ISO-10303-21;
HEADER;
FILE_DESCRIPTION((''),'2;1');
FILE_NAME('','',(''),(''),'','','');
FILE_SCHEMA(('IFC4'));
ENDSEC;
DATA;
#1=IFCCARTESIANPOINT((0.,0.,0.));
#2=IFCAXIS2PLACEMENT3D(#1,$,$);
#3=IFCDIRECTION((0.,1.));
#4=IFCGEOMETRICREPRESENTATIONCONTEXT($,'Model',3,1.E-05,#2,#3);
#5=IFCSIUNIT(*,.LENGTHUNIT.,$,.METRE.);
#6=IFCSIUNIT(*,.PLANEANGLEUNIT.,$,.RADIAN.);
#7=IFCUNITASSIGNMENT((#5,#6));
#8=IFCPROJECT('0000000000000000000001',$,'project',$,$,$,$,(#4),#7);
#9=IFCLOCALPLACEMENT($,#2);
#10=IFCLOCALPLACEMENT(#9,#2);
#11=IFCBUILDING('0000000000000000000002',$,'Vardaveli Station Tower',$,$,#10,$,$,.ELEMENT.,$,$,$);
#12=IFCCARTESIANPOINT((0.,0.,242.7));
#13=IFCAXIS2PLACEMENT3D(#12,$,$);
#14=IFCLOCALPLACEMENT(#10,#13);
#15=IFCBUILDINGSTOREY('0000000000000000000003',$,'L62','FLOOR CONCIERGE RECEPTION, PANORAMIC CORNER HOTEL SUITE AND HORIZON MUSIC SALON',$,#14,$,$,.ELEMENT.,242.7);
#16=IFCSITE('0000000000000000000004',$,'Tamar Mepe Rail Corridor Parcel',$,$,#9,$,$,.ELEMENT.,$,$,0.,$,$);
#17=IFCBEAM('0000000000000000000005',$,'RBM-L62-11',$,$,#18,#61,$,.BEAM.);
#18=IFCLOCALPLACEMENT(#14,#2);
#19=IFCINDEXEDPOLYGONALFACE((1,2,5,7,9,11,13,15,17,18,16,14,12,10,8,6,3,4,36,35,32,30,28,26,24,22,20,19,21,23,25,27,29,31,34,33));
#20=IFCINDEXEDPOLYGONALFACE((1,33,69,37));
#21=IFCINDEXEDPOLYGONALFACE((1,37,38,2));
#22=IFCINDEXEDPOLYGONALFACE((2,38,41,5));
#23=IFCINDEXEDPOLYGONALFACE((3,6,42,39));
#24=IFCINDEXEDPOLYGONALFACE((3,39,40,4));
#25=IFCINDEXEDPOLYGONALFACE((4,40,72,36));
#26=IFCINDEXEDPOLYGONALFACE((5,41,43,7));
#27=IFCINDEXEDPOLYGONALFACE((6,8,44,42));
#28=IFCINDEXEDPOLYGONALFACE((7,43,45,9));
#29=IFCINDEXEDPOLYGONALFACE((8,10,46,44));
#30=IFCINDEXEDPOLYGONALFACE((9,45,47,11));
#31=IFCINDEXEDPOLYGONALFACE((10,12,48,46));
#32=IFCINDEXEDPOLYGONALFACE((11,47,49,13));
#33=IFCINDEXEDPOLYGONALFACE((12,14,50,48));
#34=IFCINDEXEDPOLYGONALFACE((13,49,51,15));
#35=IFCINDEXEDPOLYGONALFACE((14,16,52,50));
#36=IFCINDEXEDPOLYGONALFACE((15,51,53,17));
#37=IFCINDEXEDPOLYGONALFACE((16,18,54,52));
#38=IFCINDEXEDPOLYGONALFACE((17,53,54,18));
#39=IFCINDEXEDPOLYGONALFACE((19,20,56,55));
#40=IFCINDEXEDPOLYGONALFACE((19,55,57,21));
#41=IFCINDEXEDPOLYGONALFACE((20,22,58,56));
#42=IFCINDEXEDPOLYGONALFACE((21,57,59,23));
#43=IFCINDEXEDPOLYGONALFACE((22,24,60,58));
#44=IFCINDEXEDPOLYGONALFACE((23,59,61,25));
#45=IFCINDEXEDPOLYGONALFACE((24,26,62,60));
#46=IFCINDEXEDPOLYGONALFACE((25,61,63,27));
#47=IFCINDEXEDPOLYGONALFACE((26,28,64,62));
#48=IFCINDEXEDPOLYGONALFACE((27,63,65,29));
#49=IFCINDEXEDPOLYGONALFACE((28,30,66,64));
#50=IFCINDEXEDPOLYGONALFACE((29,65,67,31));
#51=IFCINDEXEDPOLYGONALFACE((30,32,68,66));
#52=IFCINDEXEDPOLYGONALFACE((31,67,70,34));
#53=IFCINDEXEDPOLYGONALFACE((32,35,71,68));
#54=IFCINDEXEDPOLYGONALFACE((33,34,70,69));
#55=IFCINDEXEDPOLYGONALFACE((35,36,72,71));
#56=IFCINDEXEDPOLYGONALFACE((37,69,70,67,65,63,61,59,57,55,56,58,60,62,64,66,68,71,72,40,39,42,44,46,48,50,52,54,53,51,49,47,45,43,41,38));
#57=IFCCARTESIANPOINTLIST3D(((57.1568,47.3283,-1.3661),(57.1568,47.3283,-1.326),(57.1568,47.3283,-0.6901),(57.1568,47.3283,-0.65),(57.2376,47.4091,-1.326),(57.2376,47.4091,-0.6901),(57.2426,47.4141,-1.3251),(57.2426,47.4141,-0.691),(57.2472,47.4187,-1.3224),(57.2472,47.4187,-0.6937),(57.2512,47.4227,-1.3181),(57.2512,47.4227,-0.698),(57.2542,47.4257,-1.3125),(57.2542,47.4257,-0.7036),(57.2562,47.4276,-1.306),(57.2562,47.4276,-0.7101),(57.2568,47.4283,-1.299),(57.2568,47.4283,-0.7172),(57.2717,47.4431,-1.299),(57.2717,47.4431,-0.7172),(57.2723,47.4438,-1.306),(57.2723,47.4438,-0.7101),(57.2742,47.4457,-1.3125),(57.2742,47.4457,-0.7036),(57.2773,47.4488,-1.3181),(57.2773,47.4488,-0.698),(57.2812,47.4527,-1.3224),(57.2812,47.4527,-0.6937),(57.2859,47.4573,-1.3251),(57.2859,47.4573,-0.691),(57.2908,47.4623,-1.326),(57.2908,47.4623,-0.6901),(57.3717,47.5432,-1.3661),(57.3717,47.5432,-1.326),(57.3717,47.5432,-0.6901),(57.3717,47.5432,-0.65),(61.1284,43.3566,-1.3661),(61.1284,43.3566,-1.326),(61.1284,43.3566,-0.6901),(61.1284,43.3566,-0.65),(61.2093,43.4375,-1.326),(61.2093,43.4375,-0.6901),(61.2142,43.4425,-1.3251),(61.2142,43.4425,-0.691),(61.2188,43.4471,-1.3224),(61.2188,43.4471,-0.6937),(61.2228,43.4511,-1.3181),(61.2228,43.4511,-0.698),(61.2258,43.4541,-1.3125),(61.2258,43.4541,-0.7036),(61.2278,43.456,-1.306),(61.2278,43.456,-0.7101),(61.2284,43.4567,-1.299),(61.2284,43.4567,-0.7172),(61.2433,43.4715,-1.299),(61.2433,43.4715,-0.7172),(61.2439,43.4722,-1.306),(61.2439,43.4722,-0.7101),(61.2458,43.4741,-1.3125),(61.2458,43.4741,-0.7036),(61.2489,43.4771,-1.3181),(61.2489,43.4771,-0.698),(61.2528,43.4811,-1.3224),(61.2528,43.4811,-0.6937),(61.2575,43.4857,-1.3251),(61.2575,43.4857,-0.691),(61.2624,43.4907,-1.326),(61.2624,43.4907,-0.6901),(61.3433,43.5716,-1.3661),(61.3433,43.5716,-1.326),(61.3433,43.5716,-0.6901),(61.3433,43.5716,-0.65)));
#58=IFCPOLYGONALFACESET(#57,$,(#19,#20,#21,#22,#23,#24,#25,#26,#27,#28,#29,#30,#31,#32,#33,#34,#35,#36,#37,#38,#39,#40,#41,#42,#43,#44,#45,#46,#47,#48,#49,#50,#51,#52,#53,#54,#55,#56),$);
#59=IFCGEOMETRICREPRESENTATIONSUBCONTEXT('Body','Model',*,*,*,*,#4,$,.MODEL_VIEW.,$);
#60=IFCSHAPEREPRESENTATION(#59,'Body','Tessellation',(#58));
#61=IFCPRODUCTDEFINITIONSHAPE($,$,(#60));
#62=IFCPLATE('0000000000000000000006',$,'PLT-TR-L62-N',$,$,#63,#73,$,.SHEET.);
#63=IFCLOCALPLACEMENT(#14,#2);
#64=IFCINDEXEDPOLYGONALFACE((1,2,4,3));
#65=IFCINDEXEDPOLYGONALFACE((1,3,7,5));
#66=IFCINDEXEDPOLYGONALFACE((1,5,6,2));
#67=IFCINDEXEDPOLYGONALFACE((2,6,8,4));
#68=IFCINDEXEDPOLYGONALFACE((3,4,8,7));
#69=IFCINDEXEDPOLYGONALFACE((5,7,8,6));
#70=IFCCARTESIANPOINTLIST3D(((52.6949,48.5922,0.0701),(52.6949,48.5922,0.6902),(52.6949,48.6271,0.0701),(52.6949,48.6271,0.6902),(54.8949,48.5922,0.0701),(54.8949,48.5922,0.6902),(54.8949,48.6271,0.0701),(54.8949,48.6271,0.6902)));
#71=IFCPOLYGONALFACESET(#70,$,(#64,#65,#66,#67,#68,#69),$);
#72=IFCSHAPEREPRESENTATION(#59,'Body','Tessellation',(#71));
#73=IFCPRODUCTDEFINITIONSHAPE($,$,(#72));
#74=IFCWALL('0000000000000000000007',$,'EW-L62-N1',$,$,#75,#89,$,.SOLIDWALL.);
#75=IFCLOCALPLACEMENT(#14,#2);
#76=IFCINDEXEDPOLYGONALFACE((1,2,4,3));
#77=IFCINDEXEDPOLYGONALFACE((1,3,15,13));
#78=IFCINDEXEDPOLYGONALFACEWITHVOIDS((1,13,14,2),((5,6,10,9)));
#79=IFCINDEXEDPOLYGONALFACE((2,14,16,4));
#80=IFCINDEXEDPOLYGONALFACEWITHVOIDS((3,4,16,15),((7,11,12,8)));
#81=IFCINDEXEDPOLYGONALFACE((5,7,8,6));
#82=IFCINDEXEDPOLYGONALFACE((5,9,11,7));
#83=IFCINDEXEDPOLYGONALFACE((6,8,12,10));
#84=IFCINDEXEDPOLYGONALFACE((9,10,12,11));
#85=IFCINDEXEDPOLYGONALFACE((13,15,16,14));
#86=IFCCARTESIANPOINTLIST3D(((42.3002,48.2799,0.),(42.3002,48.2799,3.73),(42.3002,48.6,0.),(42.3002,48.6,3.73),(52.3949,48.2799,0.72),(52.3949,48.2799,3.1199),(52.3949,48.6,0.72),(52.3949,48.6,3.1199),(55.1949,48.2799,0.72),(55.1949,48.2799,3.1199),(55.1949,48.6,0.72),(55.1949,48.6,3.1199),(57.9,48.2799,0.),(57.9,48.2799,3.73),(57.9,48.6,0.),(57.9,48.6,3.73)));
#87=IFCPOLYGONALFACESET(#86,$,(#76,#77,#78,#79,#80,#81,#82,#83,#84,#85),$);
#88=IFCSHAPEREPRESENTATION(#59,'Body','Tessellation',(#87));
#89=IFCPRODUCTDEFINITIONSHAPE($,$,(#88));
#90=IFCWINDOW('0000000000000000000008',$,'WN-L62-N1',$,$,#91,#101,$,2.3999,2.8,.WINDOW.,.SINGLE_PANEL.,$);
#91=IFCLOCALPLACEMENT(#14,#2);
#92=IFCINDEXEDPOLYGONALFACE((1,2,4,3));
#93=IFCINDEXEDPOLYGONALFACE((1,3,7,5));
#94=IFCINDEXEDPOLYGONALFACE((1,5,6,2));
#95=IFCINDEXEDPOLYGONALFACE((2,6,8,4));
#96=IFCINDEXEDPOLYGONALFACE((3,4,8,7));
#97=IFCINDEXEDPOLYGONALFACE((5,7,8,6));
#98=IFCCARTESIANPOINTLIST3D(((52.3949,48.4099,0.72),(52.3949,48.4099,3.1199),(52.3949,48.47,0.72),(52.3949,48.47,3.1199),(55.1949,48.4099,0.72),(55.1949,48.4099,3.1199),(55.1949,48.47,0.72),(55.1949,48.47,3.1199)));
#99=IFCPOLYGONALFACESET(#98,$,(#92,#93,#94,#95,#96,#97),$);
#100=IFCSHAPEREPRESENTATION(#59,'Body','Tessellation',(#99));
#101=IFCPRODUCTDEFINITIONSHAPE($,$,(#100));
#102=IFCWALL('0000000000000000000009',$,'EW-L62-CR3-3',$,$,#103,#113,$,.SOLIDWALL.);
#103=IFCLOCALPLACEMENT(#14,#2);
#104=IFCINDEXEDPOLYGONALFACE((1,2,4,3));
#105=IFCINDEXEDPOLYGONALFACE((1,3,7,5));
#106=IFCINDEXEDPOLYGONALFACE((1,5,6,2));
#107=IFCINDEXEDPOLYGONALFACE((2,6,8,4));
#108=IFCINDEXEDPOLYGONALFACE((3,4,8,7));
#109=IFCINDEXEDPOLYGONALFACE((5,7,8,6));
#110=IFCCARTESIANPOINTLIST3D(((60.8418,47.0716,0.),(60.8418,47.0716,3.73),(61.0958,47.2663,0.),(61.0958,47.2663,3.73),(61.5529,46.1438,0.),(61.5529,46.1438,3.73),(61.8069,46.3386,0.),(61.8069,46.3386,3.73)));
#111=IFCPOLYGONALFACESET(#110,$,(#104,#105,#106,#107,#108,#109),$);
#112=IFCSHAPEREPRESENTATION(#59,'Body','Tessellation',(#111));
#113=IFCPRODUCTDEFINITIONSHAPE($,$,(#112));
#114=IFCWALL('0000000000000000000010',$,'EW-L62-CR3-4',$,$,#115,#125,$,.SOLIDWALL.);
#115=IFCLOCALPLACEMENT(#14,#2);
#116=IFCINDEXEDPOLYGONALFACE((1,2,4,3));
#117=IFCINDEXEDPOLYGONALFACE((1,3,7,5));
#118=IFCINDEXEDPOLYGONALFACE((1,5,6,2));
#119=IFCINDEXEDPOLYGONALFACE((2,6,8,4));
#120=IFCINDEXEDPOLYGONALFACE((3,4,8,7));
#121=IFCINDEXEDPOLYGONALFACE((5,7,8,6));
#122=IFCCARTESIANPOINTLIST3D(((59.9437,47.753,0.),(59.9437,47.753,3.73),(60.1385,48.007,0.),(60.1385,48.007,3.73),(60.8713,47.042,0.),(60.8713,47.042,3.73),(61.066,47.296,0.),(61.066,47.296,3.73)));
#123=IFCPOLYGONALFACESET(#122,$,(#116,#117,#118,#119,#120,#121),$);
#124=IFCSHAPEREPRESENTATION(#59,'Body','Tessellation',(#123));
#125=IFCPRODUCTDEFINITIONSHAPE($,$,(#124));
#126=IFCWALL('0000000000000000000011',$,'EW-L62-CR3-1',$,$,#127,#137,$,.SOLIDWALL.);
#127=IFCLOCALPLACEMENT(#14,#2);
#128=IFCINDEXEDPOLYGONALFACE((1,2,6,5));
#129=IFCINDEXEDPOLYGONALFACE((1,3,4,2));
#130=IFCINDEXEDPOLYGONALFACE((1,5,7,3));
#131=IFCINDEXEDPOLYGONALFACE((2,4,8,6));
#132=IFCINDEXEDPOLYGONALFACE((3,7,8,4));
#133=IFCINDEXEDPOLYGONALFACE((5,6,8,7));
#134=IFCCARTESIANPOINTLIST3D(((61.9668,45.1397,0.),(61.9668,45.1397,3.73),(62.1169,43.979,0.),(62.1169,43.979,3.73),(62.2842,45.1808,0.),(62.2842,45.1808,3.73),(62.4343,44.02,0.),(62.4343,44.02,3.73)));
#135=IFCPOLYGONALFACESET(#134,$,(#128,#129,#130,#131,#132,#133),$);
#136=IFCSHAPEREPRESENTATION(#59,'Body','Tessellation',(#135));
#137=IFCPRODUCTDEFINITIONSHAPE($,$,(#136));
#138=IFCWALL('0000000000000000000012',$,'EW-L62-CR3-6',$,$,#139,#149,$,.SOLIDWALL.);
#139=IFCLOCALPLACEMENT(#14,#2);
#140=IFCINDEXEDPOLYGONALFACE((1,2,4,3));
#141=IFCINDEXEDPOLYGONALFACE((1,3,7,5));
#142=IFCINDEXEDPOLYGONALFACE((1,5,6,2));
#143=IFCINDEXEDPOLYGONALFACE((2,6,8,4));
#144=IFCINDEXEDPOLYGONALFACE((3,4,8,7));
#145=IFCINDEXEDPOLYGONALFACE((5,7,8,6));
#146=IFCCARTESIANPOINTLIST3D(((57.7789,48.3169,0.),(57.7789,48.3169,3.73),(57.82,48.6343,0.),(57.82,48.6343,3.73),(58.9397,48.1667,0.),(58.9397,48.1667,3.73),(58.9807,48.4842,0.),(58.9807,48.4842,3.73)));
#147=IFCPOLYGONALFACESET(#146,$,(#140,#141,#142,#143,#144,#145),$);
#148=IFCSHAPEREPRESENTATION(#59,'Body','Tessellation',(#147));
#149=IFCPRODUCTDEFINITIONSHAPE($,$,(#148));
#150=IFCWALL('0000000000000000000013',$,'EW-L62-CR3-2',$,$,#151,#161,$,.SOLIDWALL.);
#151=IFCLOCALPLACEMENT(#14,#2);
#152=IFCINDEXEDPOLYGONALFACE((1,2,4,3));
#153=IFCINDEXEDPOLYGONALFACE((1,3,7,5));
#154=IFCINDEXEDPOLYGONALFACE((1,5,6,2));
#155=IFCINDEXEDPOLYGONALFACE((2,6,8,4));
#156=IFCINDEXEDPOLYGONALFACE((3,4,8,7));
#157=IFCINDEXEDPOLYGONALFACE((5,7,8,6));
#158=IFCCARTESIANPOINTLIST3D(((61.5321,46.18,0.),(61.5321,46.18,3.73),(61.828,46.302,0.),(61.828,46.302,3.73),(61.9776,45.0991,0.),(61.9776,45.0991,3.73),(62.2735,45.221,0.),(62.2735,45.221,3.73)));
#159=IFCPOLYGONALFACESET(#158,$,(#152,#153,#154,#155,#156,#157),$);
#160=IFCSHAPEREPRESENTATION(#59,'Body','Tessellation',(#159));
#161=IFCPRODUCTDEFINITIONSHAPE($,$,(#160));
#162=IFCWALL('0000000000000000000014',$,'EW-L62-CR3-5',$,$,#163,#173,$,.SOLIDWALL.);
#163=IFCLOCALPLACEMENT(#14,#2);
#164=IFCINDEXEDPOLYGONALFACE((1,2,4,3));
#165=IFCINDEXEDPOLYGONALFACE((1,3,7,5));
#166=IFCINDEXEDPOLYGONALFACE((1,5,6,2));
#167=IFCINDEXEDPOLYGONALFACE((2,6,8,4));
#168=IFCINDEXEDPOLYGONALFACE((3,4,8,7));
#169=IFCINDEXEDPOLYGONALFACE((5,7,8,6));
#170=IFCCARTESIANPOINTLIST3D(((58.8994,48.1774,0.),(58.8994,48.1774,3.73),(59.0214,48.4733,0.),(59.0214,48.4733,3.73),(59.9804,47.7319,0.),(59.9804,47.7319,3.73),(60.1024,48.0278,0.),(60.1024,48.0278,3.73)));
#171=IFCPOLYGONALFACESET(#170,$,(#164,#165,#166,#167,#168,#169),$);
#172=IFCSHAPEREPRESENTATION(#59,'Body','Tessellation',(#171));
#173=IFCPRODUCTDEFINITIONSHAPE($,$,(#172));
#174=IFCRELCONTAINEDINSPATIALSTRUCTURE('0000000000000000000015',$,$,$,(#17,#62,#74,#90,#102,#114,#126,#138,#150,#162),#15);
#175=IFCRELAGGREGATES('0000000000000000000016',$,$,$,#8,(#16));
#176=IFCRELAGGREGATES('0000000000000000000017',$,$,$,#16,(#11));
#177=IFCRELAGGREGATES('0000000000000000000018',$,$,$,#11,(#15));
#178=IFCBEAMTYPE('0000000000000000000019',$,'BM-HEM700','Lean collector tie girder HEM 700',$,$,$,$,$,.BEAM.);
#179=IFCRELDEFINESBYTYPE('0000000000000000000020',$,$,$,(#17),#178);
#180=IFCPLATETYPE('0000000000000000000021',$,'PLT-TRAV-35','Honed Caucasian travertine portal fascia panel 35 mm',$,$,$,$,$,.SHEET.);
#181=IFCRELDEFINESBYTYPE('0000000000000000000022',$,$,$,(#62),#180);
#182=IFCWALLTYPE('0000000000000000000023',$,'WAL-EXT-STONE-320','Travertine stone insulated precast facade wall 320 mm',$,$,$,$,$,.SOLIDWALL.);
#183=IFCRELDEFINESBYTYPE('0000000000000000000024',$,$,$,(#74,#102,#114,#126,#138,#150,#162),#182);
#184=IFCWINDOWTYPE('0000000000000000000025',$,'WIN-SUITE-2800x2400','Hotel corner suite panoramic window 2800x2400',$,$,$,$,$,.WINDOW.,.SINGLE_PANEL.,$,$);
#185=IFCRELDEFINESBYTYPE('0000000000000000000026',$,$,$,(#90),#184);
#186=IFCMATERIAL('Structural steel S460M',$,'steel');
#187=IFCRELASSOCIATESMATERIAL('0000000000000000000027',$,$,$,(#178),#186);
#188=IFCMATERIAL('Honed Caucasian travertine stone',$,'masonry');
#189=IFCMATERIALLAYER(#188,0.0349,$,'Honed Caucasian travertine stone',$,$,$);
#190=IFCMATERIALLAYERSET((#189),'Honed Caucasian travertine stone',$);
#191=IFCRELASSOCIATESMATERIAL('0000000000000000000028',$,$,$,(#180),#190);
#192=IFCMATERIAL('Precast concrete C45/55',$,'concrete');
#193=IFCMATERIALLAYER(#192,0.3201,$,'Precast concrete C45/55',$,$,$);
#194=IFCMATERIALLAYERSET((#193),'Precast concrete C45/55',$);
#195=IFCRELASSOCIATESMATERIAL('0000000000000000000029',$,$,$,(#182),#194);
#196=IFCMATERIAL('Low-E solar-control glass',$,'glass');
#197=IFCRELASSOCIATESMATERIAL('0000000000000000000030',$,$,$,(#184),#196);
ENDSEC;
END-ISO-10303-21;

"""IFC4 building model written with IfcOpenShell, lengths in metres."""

from ifc_helpers import new_model, si_unit, direction, frame, frame_2d, origin, origin_2d, place, context, subcontext, project, spatial, rectangle, i_section, extrude, source, transform, mapped, material, layer, layer_set, material_profile, profile_set, type_object, element, fill, save


model = new_model("IFC4")

# Units and contexts
model_context = context("Model", 3, precision=1e-05, world=origin(), true_north=direction((0.0, 1.0)))
body_context = subcontext(model_context, "Body", "Model", "MODEL_VIEW")
ifc_project = project(units=[si_unit("LENGTHUNIT", "METRE"), si_unit("PLANEANGLEUNIT", "RADIAN")], contexts=[model_context])

# Site, building, storey
site_placement = place(None, origin())
site = spatial("IfcSite", under=ifc_project, at=site_placement, Name="Tamar Mepe Rail Corridor Parcel", CompositionType="ELEMENT", RefElevation=0.0)
building_placement = place(site_placement, origin())
building = spatial("IfcBuilding", under=site, at=building_placement, Name="Vardaveli Station Tower", CompositionType="ELEMENT")
storey_placement = place(building_placement, frame((0.0, 0.0, 242.7)))
storey = spatial("IfcBuildingStorey", under=building, at=storey_placement, Name="L62", Description="FLOOR CONCIERGE RECEPTION, PANORAMIC CORNER HOTEL SUITE AND HORIZON MUSIC SALON", CompositionType="ELEMENT", Elevation=242.7)

# Shared definitions
ifc_material_1 = material(Name="Structural steel S460M", Category="steel")

# Beam
ifc_material_profile_1 = material_profile(ifc_material_1, i_section(OverallWidth=0.304, OverallDepth=0.7161, WebThickness=0.021, FlangeThickness=0.04, FilletRadius=0.0271, at=origin_2d()), Name="HEM 700")
ifc_profile_set_1 = profile_set([ifc_material_profile_1], Name="Structural steel S460M")
beam_type = type_object("IfcBeamType", Name="BM-HEM700", Description="Lean collector tie girder HEM 700", PredefinedType="BEAM", material=ifc_profile_set_1)
shared_shape_1 = source(origin(), body_context, "Body", "SweptSolid", [
    extrude(i_section(OverallWidth=0.304, OverallDepth=0.7161, WebThickness=0.021, FlangeThickness=0.04, FilletRadius=0.0271, at=origin_2d()), origin(), (0.0, 0.0, 1.0), 5.6167),
])
beam_1_placement = place(storey_placement, frame((61.2358, 43.4641, -1.0081), z_axis=(-0.707107, 0.707107, 0.0), x_axis=(-0.707107, -0.707107, 0.0)))
element("IfcBeam", 1, at=beam_1_placement, inside=storey, type_object=beam_type, Name="RBM-L62-11", PredefinedType="BEAM", context=body_context, shape_type="MappedRepresentation", body=[
    mapped(shared_shape_1, transform((0.0, 0.0, 0.0), scale=1.0)),
])

# Plate
ifc_material_2 = material(Name="Honed Caucasian travertine stone", Category="masonry")
ifc_layer_1 = layer(ifc_material_2, 0.0349, Name="Honed Caucasian travertine stone")
ifc_layer_set_1 = layer_set([ifc_layer_1], Name="Honed Caucasian travertine stone")
plate_type = type_object("IfcPlateType", Name="PLT-TRAV-35", Description="Honed Caucasian travertine portal fascia panel 35 mm", PredefinedType="SHEET", material=ifc_layer_set_1)
shared_shape_2 = source(origin(), body_context, "Body", "SweptSolid", [
    extrude(rectangle(XDim=2.2, YDim=0.0349, at=origin_2d()), origin(), (0.0, 0.0, 1.0), 0.6201),
])
plate_placement = place(storey_placement, frame((53.7949, 48.6096, 0.0701), z_axis=(0.0, 0.0, 1.0), x_axis=(1.0, 0.0, 0.0)))
element("IfcPlate", 2, at=plate_placement, inside=storey, type_object=plate_type, Name="PLT-TR-L62-N", PredefinedType="SHEET", context=body_context, shape_type="MappedRepresentation", body=[
    mapped(shared_shape_2, transform((0.0, 0.0, 0.0), scale=1.0)),
])

# Wall, opening, window
ifc_material_3 = material(Name="Precast concrete C45/55", Category="concrete")
ifc_layer_2 = layer(ifc_material_3, 0.3201, Name="Precast concrete C45/55")
ifc_layer_set_2 = layer_set([ifc_layer_2], Name="Precast concrete C45/55")
wall_type_1 = type_object("IfcWallType", Name="WAL-EXT-STONE-320", Description="Travertine stone insulated precast facade wall 320 mm", PredefinedType="SOLIDWALL", material=ifc_layer_set_2)
shared_shape_3 = source(origin(), body_context, "Body", "SweptSolid", [
    extrude(rectangle(XDim=15.5999, YDim=0.3201, at=frame_2d((7.7998, 0.0))), origin(), (0.0, 0.0, 1.0), 3.73),
])
wall_1_placement = place(storey_placement, frame((57.8999, 48.4399, 0.0), z_axis=(0.0, 0.0, 1.0), x_axis=(-1.0, 0.0, 0.0)))
wall_1 = element("IfcWall", 3, at=wall_1_placement, inside=storey, type_object=wall_type_1, Name="EW-L62-N1", PredefinedType="SOLIDWALL", context=body_context, shape_type="MappedRepresentation", body=[
    mapped(shared_shape_3, transform((0.0, 0.0, 0.0), scale=1.0)),
])
shared_shape_4 = source(origin(), body_context, "Body", "SweptSolid", [
    extrude(rectangle(XDim=2.8, YDim=2.3999, at=frame_2d((1.3999, 1.2))), frame((0.0, 0.1699, 0.0), z_axis=(0.0, -1.0, 0.0), x_axis=(1.0, 0.0, 0.0)), (0.0, 0.0, 1.0), 0.3401),
])
opening_placement = place(wall_1_placement, frame((2.7051, 0.0, 0.72)))
opening = element("IfcOpeningElement", 4, at=opening_placement, cuts=wall_1, PredefinedType="OPENING", context=body_context, shape_type="MappedRepresentation", body=[
    mapped(shared_shape_4, transform((0.0, 0.0, 0.0), scale=1.0)),
])
ifc_material_4 = material(Name="Low-E solar-control glass", Category="glass")
window_type = type_object("IfcWindowType", Name="WIN-SUITE-2800x2400", Description="Hotel corner suite panoramic window 2800x2400", PartitioningType="SINGLE_PANEL", PredefinedType="WINDOW", material=ifc_material_4)
shared_shape_5 = source(origin(), body_context, "Body", "SweptSolid", [
    extrude(rectangle(XDim=2.8, YDim=2.3999, at=frame_2d((1.3999, 1.2))), frame((0.0, 0.03, 0.0), z_axis=(0.0, -1.0, 0.0), x_axis=(1.0, 0.0, 0.0)), (0.0, 0.0, 1.0), 0.0601),
])
window_placement = place(opening_placement, origin())
window = element("IfcWindow", 5, at=window_placement, inside=storey, type_object=window_type, Name="WN-L62-N1", OverallHeight=2.3999, OverallWidth=2.8, PartitioningType="SINGLE_PANEL", PredefinedType="WINDOW", context=body_context, shape_type="MappedRepresentation", body=[
    mapped(shared_shape_5, transform((0.0, 0.0, 0.0), scale=1.0)),
])
fill(opening, window)

# Walls
shared_shape_6 = source(origin(), body_context, "Body", "SweptSolid", [
    extrude(rectangle(XDim=1.1689, YDim=0.3201, at=frame_2d((0.5845, 0.0))), origin(), (0.0, 0.0, 1.0), 3.73),
])
wall_2_placement = place(storey_placement, frame((61.6799, 46.2412, 0.0), z_axis=(0.0, 0.0, 1.0), x_axis=(-0.608388, 0.79364, 0.0)))
element("IfcWall", 6, at=wall_2_placement, inside=storey, type_object=wall_type_1, Name="EW-L62-CR3-3", PredefinedType="SOLIDWALL", context=body_context, shape_type="MappedRepresentation", body=[
    mapped(shared_shape_6, transform((0.0, 0.0, 0.0), scale=1.0)),
])
shared_shape_7 = source(origin(), body_context, "Body", "SweptSolid", [
    extrude(rectangle(XDim=1.1687, YDim=0.3201, at=frame_2d((0.5845, 0.0))), origin(), (0.0, 0.0, 1.0), 3.73),
])
wall_3_placement = place(storey_placement, frame((60.9688, 47.1689, 0.0), z_axis=(0.0, 0.0, 1.0), x_axis=(-0.793664, 0.608357, 0.0)))
element("IfcWall", 7, at=wall_3_placement, inside=storey, type_object=wall_type_1, Name="EW-L62-CR3-4", PredefinedType="SOLIDWALL", context=body_context, shape_type="MappedRepresentation", body=[
    mapped(shared_shape_7, transform((0.0, 0.0, 0.0), scale=1.0)),
])
shared_shape_8 = source(origin(), body_context, "Body", "SweptSolid", [
    extrude(rectangle(XDim=1.1704, YDim=0.3201, at=frame_2d((0.5852, 0.0))), origin(), (0.0, 0.0, 1.0), 3.73),
])
for number, where, z_axis, x_axis, name in (
    (8, (62.2756, 43.9995, 0.0), (0.0, 0.0, 1.0), (-0.128296, 0.991736, 0.0), "EW-L62-CR3-1"),
    (9, (58.9602, 48.3254, 0.0), (0.0, 0.0, 1.0), (-0.991736, 0.128296, 0.0), "EW-L62-CR3-6"),
):
    element("IfcWall", number, at=place(storey_placement, frame(where, z_axis=z_axis, x_axis=x_axis)), inside=storey, type_object=wall_type_1, Name=name, PredefinedType="SOLIDWALL", context=body_context, shape_type="MappedRepresentation", body=[
        mapped(shared_shape_8, transform((0.0, 0.0, 0.0), scale=1.0)),
    ])
shared_shape_9 = source(origin(), body_context, "Body", "SweptSolid", [
    extrude(rectangle(XDim=1.1692, YDim=0.3201, at=frame_2d((0.5845, 0.0))), origin(), (0.0, 0.0, 1.0), 3.73),
])
for number, where, z_axis, x_axis, name in (
    (10, (62.1255, 45.1602, 0.0), (0.0, 0.0, 1.0), (-0.381054, 0.924553, 0.0), "EW-L62-CR3-2"),
    (11, (60.0413, 47.8799, 0.0), (0.0, 0.0, 1.0), (-0.924553, 0.381054, 0.0), "EW-L62-CR3-5"),
):
    element("IfcWall", number, at=place(storey_placement, frame(where, z_axis=z_axis, x_axis=x_axis)), inside=storey, type_object=wall_type_1, Name=name, PredefinedType="SOLIDWALL", context=body_context, shape_type="MappedRepresentation", body=[
        mapped(shared_shape_9, transform((0.0, 0.0, 0.0), scale=1.0)),
    ])

save(model, "model.ifc")
